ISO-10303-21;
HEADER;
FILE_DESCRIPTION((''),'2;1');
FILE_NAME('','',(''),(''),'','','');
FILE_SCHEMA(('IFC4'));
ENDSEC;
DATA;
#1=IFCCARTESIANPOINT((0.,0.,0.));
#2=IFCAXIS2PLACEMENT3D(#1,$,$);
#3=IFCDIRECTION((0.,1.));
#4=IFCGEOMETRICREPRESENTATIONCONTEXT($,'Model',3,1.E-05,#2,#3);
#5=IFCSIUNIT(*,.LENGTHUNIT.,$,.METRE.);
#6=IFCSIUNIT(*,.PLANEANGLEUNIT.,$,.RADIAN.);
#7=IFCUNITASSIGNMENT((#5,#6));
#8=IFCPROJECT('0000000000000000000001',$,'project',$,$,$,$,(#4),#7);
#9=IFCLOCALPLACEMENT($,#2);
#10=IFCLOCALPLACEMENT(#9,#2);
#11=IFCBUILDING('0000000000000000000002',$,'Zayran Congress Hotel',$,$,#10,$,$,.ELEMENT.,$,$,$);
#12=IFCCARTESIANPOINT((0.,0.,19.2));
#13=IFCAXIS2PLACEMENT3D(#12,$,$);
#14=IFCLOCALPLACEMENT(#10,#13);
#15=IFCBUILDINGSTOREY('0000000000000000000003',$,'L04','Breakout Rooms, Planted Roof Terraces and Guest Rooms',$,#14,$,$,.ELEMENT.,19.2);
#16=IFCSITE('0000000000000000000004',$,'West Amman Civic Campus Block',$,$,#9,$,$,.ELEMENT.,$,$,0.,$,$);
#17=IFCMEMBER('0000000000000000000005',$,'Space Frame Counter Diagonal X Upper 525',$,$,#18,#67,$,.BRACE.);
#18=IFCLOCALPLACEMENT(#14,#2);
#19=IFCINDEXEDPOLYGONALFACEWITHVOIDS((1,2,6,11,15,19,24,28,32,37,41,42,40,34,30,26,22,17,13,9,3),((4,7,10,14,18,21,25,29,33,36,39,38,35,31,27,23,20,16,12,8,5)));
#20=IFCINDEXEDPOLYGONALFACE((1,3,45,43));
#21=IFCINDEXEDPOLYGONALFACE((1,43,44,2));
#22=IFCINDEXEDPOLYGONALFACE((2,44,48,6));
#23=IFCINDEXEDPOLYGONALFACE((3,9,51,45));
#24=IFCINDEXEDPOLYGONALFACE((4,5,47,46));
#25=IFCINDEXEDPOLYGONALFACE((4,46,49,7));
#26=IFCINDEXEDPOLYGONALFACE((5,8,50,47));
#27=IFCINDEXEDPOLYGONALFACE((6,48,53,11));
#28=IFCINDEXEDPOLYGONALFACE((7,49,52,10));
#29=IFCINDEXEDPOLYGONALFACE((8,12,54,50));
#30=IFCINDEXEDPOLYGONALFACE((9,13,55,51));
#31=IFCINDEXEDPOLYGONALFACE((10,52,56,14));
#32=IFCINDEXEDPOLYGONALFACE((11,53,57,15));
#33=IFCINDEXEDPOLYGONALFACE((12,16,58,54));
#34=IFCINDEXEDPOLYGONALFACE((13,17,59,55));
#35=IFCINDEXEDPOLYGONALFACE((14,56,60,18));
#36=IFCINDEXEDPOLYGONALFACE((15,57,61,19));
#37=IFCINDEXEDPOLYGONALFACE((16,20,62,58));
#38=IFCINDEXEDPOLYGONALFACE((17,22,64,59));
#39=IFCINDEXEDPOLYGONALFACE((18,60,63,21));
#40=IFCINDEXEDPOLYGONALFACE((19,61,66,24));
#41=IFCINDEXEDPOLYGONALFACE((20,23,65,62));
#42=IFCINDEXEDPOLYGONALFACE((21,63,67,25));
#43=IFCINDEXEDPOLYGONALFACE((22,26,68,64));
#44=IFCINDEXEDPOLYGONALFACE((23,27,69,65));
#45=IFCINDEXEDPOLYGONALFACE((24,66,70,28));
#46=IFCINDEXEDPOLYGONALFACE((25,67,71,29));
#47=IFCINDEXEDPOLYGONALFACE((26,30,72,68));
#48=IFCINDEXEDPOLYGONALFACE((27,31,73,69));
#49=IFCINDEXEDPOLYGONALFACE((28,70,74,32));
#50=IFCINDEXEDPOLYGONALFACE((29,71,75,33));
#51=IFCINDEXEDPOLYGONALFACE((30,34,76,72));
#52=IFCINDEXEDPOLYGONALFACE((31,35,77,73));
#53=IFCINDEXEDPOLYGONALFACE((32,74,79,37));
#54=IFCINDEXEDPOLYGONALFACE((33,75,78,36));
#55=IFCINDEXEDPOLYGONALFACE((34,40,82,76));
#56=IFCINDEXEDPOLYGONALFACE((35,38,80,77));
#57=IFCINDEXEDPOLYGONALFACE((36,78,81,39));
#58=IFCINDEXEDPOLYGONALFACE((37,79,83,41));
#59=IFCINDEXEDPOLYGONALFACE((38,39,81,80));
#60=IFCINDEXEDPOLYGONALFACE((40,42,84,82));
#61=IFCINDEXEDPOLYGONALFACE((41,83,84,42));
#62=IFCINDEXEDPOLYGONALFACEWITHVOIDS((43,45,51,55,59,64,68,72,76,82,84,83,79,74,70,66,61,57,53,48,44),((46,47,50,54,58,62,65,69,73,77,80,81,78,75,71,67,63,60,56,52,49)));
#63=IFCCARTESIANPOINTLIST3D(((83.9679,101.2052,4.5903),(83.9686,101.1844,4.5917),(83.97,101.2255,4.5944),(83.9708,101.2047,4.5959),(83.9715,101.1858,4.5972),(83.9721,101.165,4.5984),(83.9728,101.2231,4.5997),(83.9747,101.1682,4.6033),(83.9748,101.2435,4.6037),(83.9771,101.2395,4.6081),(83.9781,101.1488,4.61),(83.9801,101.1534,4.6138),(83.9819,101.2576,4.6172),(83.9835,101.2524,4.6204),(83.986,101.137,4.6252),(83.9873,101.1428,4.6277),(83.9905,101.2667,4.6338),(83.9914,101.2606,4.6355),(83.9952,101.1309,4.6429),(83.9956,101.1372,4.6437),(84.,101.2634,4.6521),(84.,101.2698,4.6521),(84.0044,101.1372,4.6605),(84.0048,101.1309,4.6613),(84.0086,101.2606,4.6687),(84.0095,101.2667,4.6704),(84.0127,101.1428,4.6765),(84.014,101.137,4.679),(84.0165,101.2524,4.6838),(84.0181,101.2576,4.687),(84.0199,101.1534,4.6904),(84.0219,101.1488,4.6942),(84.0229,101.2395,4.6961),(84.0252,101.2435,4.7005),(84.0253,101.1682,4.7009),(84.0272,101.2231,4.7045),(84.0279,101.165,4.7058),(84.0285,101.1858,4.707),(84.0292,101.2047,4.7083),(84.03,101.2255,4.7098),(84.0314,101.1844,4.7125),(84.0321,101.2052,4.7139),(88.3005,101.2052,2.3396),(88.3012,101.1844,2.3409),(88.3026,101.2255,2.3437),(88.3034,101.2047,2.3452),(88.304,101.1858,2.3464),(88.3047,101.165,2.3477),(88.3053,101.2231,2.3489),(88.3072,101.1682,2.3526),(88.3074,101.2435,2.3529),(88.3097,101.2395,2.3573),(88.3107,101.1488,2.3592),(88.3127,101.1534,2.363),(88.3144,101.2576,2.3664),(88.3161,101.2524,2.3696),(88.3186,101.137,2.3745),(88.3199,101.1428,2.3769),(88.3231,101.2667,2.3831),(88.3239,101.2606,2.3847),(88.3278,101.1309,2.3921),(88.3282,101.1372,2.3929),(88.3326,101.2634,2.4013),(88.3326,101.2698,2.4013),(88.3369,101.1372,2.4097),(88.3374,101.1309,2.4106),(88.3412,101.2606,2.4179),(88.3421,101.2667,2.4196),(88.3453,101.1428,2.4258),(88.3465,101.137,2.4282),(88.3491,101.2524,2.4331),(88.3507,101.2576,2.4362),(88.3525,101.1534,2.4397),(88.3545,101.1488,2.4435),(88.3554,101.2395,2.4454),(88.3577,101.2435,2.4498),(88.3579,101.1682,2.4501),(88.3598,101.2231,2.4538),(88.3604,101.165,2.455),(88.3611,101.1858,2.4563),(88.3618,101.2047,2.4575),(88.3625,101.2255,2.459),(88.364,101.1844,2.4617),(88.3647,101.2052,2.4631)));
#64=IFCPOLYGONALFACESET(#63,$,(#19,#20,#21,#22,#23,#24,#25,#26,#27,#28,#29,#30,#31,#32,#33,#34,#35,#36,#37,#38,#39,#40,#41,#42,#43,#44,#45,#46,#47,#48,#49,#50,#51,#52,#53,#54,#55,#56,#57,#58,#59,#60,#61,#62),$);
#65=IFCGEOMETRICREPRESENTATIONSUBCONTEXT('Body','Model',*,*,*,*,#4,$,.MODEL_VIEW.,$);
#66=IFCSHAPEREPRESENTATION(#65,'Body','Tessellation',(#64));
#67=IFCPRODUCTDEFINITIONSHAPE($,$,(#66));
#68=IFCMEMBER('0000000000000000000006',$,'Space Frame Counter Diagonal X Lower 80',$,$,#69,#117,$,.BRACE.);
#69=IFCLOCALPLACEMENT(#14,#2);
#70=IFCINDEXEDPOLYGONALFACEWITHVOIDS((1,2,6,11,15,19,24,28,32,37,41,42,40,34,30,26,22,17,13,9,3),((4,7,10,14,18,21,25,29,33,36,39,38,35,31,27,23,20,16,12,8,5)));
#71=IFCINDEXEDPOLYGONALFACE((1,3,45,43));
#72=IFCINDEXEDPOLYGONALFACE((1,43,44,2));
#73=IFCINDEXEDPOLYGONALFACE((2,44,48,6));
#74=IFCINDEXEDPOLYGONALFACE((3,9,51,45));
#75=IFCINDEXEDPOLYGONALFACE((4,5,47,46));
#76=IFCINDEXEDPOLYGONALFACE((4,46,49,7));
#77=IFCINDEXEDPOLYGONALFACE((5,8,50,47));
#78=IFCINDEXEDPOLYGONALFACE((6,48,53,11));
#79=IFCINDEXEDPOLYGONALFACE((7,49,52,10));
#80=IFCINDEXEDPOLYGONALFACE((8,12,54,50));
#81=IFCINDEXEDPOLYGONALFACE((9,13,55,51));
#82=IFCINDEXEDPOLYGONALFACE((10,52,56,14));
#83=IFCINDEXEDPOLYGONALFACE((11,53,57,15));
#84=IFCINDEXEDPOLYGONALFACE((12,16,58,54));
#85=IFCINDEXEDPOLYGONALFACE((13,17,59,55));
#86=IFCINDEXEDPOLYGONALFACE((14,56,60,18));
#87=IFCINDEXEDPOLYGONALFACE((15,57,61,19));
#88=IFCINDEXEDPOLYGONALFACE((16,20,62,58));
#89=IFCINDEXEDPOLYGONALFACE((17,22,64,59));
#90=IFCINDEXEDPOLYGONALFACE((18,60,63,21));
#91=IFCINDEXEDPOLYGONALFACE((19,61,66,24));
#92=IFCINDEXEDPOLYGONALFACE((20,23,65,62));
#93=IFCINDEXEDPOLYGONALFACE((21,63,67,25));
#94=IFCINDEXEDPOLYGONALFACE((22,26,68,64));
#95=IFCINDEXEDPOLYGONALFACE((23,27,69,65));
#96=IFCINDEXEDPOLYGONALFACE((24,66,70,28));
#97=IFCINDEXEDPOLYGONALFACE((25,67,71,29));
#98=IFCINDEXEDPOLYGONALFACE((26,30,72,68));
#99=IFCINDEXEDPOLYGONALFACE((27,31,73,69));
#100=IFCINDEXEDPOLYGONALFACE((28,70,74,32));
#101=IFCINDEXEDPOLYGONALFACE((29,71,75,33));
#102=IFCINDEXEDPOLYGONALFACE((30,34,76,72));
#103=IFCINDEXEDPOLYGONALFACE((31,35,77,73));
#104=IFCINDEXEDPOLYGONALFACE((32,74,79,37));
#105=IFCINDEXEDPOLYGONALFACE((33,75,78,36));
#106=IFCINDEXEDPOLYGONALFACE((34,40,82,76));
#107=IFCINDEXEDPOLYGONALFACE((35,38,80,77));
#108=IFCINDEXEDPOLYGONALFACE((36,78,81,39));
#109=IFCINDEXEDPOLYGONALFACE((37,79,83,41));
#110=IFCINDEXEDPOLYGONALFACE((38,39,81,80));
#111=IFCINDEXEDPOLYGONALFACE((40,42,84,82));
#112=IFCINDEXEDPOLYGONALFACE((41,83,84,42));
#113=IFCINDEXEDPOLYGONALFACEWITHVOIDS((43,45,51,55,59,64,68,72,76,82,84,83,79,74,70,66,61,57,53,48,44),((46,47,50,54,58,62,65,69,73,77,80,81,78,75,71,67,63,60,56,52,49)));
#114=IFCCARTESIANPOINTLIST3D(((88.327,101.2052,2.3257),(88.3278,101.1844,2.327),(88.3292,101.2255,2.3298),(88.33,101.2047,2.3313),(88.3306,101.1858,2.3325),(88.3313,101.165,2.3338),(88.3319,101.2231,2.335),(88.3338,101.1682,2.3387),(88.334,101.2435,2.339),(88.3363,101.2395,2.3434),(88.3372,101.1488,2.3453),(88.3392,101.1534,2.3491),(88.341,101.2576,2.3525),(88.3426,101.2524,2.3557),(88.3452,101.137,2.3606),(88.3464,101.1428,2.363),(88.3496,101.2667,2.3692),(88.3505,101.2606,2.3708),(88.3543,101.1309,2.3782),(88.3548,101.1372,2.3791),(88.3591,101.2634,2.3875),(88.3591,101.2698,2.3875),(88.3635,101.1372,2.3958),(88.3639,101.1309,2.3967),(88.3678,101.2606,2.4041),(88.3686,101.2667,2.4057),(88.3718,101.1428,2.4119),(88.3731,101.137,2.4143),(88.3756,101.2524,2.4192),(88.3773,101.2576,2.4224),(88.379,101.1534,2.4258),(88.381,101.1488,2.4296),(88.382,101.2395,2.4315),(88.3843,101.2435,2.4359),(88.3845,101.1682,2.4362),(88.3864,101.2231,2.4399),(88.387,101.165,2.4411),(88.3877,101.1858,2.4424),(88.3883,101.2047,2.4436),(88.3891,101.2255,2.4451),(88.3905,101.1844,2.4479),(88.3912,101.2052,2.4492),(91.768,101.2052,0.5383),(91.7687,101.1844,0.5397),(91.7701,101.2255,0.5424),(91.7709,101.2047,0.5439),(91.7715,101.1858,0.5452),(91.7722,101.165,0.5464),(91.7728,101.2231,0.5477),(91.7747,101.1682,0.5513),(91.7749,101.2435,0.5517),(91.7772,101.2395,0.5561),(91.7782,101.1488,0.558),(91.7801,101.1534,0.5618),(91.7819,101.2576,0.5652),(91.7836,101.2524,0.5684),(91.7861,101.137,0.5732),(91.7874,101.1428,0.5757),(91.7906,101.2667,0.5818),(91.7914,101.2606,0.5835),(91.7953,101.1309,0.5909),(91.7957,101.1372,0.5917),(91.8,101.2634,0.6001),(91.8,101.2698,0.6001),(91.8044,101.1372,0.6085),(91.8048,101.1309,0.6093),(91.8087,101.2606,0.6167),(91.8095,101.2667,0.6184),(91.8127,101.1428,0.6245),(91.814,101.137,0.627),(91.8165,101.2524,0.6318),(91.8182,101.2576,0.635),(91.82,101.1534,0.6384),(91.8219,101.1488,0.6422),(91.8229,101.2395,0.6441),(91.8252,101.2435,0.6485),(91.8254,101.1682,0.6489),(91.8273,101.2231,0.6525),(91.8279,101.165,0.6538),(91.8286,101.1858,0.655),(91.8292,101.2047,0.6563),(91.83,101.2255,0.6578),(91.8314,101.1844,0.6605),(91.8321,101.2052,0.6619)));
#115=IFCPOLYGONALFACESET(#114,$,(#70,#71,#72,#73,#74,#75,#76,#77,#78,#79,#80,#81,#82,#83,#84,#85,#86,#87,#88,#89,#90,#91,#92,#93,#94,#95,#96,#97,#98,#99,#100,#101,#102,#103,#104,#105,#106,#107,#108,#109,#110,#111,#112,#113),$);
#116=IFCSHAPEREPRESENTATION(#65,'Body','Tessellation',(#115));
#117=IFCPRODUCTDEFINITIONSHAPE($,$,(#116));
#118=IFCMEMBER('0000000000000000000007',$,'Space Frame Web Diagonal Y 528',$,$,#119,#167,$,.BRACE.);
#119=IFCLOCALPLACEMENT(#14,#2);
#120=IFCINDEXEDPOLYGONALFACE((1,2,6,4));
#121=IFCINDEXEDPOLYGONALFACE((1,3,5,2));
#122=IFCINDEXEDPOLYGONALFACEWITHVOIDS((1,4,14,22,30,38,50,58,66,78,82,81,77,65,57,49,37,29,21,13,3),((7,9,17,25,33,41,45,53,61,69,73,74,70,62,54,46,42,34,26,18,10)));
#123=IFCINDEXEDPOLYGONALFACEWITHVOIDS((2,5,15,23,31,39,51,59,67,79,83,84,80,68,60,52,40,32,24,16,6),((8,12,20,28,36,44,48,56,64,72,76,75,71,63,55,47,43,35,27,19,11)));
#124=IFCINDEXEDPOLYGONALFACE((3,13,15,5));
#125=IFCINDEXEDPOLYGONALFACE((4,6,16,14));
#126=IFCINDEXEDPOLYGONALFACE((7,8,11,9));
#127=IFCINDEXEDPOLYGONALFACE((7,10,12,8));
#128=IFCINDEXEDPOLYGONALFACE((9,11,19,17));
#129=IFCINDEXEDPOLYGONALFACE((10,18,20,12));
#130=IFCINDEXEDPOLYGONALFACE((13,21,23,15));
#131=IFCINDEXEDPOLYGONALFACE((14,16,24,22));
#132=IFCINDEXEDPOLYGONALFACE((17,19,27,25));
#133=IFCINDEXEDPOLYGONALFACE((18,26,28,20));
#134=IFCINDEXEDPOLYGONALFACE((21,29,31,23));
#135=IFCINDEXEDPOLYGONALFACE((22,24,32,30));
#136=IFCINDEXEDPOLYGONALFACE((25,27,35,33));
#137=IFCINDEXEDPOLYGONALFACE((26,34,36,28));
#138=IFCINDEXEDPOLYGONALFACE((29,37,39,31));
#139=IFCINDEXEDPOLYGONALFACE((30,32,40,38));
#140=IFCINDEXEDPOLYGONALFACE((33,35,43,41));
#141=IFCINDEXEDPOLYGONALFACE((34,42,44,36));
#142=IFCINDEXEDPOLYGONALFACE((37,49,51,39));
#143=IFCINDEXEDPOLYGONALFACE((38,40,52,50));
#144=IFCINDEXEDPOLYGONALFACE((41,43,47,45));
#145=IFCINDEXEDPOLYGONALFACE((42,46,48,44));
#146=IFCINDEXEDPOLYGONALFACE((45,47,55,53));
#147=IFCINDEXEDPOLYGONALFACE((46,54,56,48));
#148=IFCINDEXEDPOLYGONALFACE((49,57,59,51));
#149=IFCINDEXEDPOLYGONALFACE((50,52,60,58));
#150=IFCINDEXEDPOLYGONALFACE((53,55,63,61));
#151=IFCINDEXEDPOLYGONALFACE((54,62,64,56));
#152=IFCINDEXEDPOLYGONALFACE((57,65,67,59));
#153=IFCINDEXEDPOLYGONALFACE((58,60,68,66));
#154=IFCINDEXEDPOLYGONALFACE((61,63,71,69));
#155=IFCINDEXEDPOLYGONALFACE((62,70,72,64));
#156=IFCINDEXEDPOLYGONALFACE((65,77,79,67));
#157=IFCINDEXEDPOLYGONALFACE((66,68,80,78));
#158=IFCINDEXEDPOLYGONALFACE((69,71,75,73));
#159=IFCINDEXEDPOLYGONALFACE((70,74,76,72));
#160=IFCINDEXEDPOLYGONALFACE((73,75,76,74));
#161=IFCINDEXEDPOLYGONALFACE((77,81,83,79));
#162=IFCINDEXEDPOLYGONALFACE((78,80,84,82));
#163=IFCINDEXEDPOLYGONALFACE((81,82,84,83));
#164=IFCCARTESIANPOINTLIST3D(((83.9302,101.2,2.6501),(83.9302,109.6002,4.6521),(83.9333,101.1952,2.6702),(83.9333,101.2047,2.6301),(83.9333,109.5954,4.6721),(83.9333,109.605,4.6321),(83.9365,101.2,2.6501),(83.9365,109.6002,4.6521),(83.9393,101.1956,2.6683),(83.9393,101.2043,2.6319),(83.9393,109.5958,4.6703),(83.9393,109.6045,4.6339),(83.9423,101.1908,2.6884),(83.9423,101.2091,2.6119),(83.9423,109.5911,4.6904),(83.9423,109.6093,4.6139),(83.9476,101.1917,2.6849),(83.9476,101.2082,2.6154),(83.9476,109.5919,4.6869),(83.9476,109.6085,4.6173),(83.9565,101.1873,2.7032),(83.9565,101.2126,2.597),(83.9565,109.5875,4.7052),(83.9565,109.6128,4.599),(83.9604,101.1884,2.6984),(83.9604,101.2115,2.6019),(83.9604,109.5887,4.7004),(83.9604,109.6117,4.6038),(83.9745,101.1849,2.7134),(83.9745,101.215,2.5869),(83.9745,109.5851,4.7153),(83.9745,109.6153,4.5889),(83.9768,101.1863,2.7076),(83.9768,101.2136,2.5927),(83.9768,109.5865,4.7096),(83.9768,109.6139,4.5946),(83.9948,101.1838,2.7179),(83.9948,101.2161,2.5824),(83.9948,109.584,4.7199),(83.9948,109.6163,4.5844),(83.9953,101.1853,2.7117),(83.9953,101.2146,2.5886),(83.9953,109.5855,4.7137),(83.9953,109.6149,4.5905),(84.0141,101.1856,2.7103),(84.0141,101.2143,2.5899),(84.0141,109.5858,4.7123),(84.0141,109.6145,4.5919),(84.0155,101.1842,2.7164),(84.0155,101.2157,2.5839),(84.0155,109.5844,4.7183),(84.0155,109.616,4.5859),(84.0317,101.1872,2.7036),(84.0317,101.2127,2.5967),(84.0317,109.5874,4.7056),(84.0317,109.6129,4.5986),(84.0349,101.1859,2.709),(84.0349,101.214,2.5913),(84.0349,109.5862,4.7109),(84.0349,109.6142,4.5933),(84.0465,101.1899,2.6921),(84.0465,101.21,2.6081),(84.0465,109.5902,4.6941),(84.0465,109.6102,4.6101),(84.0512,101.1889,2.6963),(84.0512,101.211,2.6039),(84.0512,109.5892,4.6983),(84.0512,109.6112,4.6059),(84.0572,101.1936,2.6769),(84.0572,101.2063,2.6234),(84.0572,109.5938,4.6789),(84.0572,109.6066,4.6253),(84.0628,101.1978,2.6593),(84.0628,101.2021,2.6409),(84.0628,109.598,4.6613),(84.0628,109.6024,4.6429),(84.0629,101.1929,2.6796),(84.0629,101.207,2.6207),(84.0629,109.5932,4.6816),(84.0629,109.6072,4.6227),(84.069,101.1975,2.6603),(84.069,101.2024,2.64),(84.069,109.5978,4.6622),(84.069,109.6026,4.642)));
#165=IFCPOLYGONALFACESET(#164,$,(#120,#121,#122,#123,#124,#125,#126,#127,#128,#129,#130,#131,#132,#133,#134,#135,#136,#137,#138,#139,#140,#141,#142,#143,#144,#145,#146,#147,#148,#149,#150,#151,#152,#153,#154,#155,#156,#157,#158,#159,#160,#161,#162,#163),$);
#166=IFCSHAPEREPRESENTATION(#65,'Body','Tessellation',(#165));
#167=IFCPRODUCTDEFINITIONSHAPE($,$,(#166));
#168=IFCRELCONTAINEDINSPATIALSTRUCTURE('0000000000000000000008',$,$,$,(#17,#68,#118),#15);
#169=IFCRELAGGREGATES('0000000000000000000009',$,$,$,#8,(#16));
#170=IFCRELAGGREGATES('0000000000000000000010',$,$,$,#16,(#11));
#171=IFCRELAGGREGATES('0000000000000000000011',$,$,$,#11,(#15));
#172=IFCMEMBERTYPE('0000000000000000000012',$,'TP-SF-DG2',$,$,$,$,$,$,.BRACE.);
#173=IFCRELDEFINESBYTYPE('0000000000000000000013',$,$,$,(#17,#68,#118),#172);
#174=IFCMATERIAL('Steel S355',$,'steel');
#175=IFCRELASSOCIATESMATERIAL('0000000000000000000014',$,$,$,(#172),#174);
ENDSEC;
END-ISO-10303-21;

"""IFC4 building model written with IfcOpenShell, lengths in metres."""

from ifc_helpers import new_model, si_unit, direction, frame, origin, origin_2d, place, context, subcontext, project, spatial, hollow_circle, extrude, material, material_profile, profile_set, type_object, element, save


model = new_model("IFC4")

# Units and contexts
model_context = context("Model", 3, precision=1e-05, world=origin(), true_north=direction((0.0, 1.0)))
body_context = subcontext(model_context, "Body", "Model", "MODEL_VIEW")
ifc_project = project(units=[si_unit("LENGTHUNIT", "METRE"), si_unit("PLANEANGLEUNIT", "RADIAN")], contexts=[model_context])

# Site, building, storey
site_placement = place(None, origin())
site = spatial("IfcSite", under=ifc_project, at=site_placement, Name="West Amman Civic Campus Block", CompositionType="ELEMENT", RefElevation=0.0)
building_placement = place(site_placement, origin())
building = spatial("IfcBuilding", under=site, at=building_placement, Name="Zayran Congress Hotel", CompositionType="ELEMENT")
storey_placement = place(building_placement, frame((0.0, 0.0, 19.2)))
storey = spatial("IfcBuildingStorey", under=building, at=storey_placement, Name="L04", Description="Breakout Rooms, Planted Roof Terraces and Guest Rooms", CompositionType="ELEMENT", Elevation=19.2)

# Shared definitions
ifc_material = material(Name="Steel S355", Category="steel")

# Members
ifc_material_profile_1 = material_profile(ifc_material, hollow_circle(Radius=0.0698, WallThickness=0.0063, at=origin_2d()), Name="CHS 139.7x6.3")
ifc_profile_set_1 = profile_set([ifc_material_profile_1], Name="Steel S355")
member_type_1 = type_object("IfcMemberType", Name="TP-SF-DG2", PredefinedType="BRACE", material=ifc_profile_set_1)
member_1_placement = place(storey_placement, frame((84.0, 101.2, 4.6521), z_axis=(0.887399, 0.0, -0.461002), x_axis=(0.0, 1.0, 0.0)))
element("IfcMember", 1, at=member_1_placement, inside=storey, type_object=member_type_1, Name="Space Frame Counter Diagonal X Upper 525", PredefinedType="BRACE", context=body_context, shape_type="SweptSolid", body=[
    extrude(hollow_circle(Radius=0.0698, WallThickness=0.0063, at=origin_2d()), origin(), (0.0, 0.0, 1.0), 4.8823),
])
member_2_placement = place(storey_placement, frame((88.3591, 101.2, 2.3875), z_axis=(0.88742, 0.0, -0.460962), x_axis=(0.0, 1.0, 0.0)))
element("IfcMember", 2, at=member_2_placement, inside=storey, type_object=member_type_1, Name="Space Frame Counter Diagonal X Lower 80", PredefinedType="BRACE", context=body_context, shape_type="SweptSolid", body=[
    extrude(hollow_circle(Radius=0.0698, WallThickness=0.0063, at=origin_2d()), origin(), (0.0, 0.0, 1.0), 3.8774),
])
member_3_placement = place(storey_placement, frame((84.0, 101.2, 2.6501), z_axis=(0.0, 0.972756, 0.231831), x_axis=(-1.0, 0.0, 0.0)))
element("IfcMember", 3, at=member_3_placement, inside=storey, type_object=member_type_1, Name="Space Frame Web Diagonal Y 528", PredefinedType="BRACE", context=body_context, shape_type="SweptSolid", body=[
    extrude(hollow_circle(Radius=0.0698, WallThickness=0.0063, at=origin_2d()), origin(), (0.0, 0.0, 1.0), 8.6355),
])

save(model, "model.ifc")
